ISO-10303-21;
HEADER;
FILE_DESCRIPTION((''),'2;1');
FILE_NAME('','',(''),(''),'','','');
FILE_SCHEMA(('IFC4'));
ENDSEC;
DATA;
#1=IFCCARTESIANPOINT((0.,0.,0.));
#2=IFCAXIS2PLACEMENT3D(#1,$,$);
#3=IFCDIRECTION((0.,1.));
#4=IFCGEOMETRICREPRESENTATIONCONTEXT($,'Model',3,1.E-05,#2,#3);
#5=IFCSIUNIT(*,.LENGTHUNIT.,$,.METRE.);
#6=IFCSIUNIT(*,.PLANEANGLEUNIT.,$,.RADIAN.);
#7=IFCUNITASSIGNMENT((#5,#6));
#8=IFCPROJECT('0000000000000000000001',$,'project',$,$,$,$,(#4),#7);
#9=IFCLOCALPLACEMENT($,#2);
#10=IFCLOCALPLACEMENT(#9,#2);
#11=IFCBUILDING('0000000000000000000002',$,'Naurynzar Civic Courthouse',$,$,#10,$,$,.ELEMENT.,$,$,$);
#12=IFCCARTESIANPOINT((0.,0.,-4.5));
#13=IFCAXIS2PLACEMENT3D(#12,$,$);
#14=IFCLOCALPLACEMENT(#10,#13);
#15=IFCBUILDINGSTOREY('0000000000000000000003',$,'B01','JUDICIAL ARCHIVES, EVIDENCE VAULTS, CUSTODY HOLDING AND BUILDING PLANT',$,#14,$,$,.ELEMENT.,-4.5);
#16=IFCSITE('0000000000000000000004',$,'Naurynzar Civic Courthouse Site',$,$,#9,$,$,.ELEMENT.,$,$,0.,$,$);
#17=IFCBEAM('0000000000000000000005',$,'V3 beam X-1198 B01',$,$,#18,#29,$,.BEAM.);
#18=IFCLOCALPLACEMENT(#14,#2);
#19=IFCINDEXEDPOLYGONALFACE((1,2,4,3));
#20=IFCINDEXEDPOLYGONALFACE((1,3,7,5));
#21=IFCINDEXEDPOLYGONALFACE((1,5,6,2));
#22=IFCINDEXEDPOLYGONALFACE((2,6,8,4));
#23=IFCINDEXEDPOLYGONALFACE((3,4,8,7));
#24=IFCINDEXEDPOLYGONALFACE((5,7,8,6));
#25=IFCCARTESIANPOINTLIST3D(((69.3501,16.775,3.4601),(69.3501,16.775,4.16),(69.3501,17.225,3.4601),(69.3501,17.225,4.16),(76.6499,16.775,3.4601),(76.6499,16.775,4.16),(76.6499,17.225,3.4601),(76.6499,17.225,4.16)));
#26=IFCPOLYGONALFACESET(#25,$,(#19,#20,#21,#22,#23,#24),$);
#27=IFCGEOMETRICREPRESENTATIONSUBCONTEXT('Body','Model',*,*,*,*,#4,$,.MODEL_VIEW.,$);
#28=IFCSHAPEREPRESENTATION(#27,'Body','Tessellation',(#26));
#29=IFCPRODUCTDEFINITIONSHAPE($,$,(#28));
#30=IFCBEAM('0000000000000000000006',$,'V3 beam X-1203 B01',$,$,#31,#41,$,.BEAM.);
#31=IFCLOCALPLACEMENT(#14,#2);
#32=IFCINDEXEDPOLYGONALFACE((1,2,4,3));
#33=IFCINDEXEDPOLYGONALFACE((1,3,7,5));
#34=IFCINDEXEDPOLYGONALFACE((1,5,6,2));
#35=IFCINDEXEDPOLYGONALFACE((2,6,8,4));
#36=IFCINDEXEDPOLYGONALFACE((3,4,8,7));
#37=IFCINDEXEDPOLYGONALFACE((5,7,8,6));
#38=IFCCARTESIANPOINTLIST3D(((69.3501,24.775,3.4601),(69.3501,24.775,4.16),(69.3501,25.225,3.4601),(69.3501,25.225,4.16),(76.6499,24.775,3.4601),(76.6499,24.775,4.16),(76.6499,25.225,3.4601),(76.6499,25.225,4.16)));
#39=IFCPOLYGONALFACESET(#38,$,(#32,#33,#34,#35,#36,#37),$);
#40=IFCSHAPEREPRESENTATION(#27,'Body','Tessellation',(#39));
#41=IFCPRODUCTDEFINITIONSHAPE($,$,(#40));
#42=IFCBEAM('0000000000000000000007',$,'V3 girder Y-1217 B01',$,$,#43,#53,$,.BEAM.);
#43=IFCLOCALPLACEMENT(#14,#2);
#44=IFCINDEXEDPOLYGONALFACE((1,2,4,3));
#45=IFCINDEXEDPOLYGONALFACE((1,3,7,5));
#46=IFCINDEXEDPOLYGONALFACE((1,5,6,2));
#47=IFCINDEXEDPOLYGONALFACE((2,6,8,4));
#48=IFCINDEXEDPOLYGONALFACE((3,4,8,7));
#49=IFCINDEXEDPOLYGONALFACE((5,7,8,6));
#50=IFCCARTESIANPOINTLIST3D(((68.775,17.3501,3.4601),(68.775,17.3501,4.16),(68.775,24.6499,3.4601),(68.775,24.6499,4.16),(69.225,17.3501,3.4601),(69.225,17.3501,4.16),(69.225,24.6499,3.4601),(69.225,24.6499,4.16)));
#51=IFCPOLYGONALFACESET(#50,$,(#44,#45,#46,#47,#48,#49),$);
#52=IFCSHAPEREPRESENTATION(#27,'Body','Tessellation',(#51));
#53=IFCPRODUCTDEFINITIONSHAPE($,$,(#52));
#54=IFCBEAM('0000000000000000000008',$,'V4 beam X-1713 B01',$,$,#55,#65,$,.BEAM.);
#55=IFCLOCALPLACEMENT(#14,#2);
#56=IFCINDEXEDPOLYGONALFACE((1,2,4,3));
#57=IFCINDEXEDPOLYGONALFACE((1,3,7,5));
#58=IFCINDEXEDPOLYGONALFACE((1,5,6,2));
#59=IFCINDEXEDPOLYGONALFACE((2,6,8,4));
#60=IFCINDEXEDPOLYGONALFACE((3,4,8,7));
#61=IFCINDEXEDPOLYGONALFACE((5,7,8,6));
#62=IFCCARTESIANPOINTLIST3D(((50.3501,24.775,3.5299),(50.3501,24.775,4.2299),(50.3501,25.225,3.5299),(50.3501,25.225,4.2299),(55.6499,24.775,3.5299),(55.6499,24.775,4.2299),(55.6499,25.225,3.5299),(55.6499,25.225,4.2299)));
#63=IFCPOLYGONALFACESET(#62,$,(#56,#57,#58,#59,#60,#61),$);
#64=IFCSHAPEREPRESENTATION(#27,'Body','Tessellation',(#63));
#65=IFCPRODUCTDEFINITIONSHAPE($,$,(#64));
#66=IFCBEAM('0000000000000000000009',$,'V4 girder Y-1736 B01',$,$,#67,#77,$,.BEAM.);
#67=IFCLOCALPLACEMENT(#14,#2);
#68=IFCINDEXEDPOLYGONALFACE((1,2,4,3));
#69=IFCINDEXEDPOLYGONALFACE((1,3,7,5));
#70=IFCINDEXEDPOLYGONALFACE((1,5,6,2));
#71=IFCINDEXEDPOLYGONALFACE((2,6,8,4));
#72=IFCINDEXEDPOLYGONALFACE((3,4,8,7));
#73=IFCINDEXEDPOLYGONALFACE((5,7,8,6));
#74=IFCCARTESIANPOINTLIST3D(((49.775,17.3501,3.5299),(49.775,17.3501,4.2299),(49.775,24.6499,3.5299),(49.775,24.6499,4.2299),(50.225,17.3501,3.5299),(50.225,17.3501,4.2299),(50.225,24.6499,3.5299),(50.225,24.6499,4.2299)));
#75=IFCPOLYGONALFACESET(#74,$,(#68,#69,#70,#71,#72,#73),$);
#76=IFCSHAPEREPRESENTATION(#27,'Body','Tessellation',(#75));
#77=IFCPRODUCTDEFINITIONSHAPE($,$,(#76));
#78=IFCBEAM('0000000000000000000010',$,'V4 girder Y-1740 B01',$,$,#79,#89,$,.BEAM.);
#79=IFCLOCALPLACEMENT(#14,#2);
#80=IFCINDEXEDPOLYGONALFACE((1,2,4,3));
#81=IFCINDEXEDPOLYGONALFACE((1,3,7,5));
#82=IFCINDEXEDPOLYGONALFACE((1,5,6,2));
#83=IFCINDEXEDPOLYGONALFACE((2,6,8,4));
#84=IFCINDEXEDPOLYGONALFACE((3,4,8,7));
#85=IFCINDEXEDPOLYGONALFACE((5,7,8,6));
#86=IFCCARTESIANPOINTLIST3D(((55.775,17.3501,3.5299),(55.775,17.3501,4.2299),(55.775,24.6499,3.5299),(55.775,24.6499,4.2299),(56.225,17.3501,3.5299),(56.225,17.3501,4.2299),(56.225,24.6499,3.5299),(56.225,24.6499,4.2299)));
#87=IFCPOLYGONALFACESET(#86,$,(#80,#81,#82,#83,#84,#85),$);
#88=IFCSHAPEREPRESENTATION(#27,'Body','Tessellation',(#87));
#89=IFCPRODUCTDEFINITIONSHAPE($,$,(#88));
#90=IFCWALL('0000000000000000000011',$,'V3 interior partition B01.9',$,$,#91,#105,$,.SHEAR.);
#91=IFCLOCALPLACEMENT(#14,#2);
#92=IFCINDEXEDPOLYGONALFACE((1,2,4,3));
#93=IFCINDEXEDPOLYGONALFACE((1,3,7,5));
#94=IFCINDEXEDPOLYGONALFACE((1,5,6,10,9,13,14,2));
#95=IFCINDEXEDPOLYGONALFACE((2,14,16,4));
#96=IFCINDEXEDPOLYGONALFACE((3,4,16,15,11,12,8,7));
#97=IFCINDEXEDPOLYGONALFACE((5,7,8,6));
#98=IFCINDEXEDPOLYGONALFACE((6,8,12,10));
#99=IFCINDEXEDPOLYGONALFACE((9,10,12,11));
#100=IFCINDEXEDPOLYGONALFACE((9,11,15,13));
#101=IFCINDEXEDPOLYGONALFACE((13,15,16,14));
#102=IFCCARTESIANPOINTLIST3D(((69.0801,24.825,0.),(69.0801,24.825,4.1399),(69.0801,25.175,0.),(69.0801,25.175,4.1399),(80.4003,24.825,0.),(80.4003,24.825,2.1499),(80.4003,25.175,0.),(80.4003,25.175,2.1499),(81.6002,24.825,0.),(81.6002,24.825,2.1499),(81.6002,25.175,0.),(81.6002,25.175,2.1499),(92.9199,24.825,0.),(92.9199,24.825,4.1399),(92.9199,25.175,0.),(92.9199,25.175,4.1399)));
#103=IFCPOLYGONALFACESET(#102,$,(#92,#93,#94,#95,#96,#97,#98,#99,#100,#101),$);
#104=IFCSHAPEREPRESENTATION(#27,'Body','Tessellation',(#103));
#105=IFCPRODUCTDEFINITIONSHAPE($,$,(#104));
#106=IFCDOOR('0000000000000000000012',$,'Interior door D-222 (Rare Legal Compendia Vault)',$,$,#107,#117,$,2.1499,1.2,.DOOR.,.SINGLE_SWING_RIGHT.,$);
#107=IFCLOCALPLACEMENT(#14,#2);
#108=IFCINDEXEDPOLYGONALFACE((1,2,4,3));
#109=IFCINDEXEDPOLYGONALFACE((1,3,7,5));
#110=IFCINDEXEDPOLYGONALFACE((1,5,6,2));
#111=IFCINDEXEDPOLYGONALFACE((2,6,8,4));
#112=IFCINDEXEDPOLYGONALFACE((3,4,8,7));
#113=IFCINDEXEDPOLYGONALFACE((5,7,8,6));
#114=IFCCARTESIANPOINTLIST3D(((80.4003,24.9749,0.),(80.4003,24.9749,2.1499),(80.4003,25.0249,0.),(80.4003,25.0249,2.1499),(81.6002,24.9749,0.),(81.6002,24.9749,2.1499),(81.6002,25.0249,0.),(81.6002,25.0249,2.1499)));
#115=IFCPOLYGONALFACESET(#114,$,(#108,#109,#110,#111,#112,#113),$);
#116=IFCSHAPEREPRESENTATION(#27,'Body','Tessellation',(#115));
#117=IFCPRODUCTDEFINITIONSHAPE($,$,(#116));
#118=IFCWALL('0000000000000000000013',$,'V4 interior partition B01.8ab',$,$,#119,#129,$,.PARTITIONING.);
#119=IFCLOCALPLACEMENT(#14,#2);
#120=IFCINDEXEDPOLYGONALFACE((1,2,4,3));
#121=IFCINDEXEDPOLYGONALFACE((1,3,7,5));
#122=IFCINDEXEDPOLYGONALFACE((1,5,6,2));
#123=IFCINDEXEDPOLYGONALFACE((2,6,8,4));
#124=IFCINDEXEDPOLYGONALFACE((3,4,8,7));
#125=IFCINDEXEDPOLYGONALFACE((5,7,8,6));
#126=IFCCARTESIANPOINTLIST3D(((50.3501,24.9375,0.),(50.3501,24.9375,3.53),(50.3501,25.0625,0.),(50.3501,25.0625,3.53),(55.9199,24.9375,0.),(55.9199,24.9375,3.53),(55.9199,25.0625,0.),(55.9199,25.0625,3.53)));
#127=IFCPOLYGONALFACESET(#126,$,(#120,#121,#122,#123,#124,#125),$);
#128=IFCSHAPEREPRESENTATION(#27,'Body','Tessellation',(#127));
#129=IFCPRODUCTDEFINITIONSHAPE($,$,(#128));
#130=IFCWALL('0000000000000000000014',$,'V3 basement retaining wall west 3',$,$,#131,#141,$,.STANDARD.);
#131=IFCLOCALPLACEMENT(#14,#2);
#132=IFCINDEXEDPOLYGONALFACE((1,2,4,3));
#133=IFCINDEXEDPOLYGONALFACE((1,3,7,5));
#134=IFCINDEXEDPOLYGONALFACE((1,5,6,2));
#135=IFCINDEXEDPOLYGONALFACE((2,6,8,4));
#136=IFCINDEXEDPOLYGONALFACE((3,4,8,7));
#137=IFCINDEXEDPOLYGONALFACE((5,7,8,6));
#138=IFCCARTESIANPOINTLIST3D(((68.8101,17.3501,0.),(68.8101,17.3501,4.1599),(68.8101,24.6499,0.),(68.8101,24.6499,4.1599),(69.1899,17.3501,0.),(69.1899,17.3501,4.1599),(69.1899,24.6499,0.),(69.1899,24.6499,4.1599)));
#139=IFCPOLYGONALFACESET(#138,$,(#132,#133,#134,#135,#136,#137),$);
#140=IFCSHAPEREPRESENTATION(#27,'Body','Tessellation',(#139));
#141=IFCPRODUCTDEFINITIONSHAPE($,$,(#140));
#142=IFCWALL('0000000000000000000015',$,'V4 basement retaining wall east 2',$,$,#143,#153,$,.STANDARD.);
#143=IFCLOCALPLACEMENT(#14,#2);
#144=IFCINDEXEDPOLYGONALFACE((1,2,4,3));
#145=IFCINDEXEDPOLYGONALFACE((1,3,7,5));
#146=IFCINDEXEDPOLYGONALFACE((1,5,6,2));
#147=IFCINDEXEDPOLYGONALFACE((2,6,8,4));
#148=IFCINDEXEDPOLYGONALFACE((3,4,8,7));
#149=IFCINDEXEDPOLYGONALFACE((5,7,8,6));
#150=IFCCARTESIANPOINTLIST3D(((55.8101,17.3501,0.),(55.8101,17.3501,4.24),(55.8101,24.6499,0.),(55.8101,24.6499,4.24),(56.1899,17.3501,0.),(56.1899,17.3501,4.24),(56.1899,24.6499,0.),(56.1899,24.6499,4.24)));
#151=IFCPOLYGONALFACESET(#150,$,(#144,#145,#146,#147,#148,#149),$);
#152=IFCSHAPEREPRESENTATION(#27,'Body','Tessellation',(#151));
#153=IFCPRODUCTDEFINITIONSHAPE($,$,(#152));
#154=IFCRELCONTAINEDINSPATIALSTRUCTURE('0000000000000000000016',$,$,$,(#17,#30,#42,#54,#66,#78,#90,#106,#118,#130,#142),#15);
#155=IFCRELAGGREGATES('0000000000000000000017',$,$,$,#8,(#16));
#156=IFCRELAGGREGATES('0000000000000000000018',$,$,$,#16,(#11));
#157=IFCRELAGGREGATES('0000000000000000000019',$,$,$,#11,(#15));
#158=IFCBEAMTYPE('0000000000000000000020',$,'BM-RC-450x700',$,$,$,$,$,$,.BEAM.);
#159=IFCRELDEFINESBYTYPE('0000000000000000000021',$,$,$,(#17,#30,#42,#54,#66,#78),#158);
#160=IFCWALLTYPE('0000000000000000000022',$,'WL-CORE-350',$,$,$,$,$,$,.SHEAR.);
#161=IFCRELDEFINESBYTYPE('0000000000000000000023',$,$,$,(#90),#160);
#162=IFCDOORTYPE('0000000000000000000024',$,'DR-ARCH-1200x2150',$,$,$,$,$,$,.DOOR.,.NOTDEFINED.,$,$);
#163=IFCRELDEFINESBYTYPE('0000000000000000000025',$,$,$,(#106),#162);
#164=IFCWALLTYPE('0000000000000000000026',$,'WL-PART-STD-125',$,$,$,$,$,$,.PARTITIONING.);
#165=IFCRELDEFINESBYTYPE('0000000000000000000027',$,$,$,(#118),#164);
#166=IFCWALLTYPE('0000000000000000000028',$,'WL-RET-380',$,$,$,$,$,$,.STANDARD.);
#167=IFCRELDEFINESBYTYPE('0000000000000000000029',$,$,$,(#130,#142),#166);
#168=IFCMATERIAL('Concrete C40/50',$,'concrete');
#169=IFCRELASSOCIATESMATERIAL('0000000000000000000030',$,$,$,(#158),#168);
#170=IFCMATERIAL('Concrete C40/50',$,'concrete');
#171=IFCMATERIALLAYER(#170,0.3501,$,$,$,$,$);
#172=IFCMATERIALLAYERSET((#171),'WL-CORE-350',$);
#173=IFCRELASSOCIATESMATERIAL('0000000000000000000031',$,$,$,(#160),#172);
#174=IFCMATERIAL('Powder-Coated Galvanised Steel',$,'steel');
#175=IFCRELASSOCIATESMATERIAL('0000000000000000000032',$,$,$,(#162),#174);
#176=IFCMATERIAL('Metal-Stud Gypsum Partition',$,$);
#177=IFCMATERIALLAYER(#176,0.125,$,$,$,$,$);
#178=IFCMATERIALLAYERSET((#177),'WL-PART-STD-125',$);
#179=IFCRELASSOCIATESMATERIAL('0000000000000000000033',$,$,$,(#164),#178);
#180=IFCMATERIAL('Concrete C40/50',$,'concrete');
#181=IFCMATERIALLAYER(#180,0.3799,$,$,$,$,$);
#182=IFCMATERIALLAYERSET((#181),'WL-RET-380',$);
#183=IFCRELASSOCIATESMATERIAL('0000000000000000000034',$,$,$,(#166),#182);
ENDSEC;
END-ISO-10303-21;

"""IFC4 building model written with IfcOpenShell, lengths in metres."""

from ifc_helpers import new_model, si_unit, direction, frame, frame_2d, origin, origin_2d, place, context, subcontext, project, spatial, rectangle, extrude, material, layer, layer_set, material_profile, profile_set, type_object, element, fill, save


model = new_model("IFC4")

# Units and contexts
model_context = context("Model", 3, precision=1e-05, world=origin(), true_north=direction((0.0, 1.0)))
body_context = subcontext(model_context, "Body", "Model", "MODEL_VIEW")
ifc_project = project(units=[si_unit("LENGTHUNIT", "METRE"), si_unit("PLANEANGLEUNIT", "RADIAN")], contexts=[model_context])

# Site, building, storey
site_placement = place(None, origin())
site = spatial("IfcSite", under=ifc_project, at=site_placement, Name="Naurynzar Civic Courthouse Site", CompositionType="ELEMENT", RefElevation=0.0)
building_placement = place(site_placement, origin())
building = spatial("IfcBuilding", under=site, at=building_placement, Name="Naurynzar Civic Courthouse", CompositionType="ELEMENT")
storey_placement = place(building_placement, frame((0.0, 0.0, -4.5)))
storey = spatial("IfcBuildingStorey", under=building, at=storey_placement, Name="B01", Description="JUDICIAL ARCHIVES, EVIDENCE VAULTS, CUSTODY HOLDING AND BUILDING PLANT", CompositionType="ELEMENT", Elevation=-4.5)

# Beams
ifc_material_1 = material(Name="Concrete C40/50", Category="concrete")
ifc_material_profile_1 = material_profile(ifc_material_1, rectangle(XDim=0.45, YDim=0.7, at=origin_2d()), Name="RCB 450x700")
ifc_profile_set_1 = profile_set([ifc_material_profile_1], Name="Concrete C40/50")
beam_type_1 = type_object("IfcBeamType", Name="BM-RC-450x700", PredefinedType="BEAM", material=ifc_profile_set_1)
for number, where, z_axis, x_axis, name in (
    (1, (69.3501, 17.0, 3.8101), (1.0, 0.0, 0.0), (0.0, 1.0, 0.0), "V3 beam X-1198 B01"),
    (2, (69.3501, 25.0, 3.8101), (1.0, 0.0, 0.0), (0.0, 1.0, 0.0), "V3 beam X-1203 B01"),
    (3, (69.0, 17.3501, 3.8101), (0.0, 1.0, 0.0), (-1.0, 0.0, 0.0), "V3 girder Y-1217 B01"),
):
    element("IfcBeam", number, at=place(storey_placement, frame(where, z_axis=z_axis, x_axis=x_axis)), inside=storey, type_object=beam_type_1, Name=name, PredefinedType="BEAM", context=body_context, shape_type="SweptSolid", body=[
        extrude(rectangle(XDim=0.45, YDim=0.7, at=origin_2d()), origin(), (0.0, 0.0, 1.0), 7.2998),
    ])
beam_1_placement = place(storey_placement, frame((50.3501, 25.0, 3.8799), z_axis=(1.0, 0.0, 0.0), x_axis=(0.0, 1.0, 0.0)))
element("IfcBeam", 4, at=beam_1_placement, inside=storey, type_object=beam_type_1, Name="V4 beam X-1713 B01", PredefinedType="BEAM", context=body_context, shape_type="SweptSolid", body=[
    extrude(rectangle(XDim=0.45, YDim=0.7, at=origin_2d()), origin(), (0.0, 0.0, 1.0), 5.2998),
])
for number, where, z_axis, x_axis, name in (
    (5, (50.0, 17.3501, 3.8799), (0.0, 1.0, 0.0), (-1.0, 0.0, 0.0), "V4 girder Y-1736 B01"),
    (6, (56.0, 17.3501, 3.8799), (0.0, 1.0, 0.0), (-1.0, 0.0, 0.0), "V4 girder Y-1740 B01"),
):
    element("IfcBeam", number, at=place(storey_placement, frame(where, z_axis=z_axis, x_axis=x_axis)), inside=storey, type_object=beam_type_1, Name=name, PredefinedType="BEAM", context=body_context, shape_type="SweptSolid", body=[
        extrude(rectangle(XDim=0.45, YDim=0.7, at=origin_2d()), origin(), (0.0, 0.0, 1.0), 7.2998),
    ])

# Wall, opening, door
ifc_material_2 = material(Name="Concrete C40/50", Category="concrete")
ifc_layer_1 = layer(ifc_material_2, 0.3501)
ifc_layer_set_1 = layer_set([ifc_layer_1], Name="WL-CORE-350")
wall_type_1 = type_object("IfcWallType", Name="WL-CORE-350", PredefinedType="SHEAR", material=ifc_layer_set_1)
wall_1_placement = place(storey_placement, frame((69.0801, 25.0, 0.0), z_axis=(0.0, 0.0, 1.0), x_axis=(1.0, 0.0, 0.0)))
wall_1 = element("IfcWall", 7, at=wall_1_placement, inside=storey, type_object=wall_type_1, Name="V3 interior partition B01.9", PredefinedType="SHEAR", context=body_context, shape_type="SweptSolid", body=[
    extrude(rectangle(XDim=23.8398, YDim=0.3501, at=frame_2d((11.9199, 0.0))), origin(), (0.0, 0.0, 1.0), 4.1399),
])
opening_placement = place(wall_1_placement, frame((11.3201, 0.0, 0.0)))
opening = element("IfcOpeningElement", 8, at=opening_placement, cuts=wall_1, PredefinedType="OPENING", context=body_context, shape_type="SweptSolid", body=[
    extrude(rectangle(XDim=1.2, YDim=2.1499, at=frame_2d((0.6001, 1.075))), frame((0.0, 0.1851, 0.0), z_axis=(0.0, -1.0, 0.0), x_axis=(1.0, 0.0, 0.0)), (0.0, 0.0, 1.0), 0.3701),
])
ifc_material_3 = material(Name="Powder-Coated Galvanised Steel", Category="steel")
door_type = type_object("IfcDoorType", Name="DR-ARCH-1200x2150", OperationType="NOTDEFINED", PredefinedType="DOOR", material=ifc_material_3)
door_placement = place(opening_placement, origin())
door = element("IfcDoor", 9, at=door_placement, inside=storey, type_object=door_type, Name="Interior door D-222 (Rare Legal Compendia Vault)", OperationType="SINGLE_SWING_RIGHT", OverallHeight=2.1499, OverallWidth=1.2, PredefinedType="DOOR", context=body_context, shape_type="SweptSolid", body=[
    extrude(rectangle(XDim=1.2, YDim=2.1499, at=frame_2d((0.6001, 1.075))), frame((0.0, 0.0249, 0.0), z_axis=(0.0, -1.0, 0.0), x_axis=(1.0, 0.0, 0.0)), (0.0, 0.0, 1.0), 0.05),
])
fill(opening, door)

# Walls
ifc_material_4 = material(Name="Metal-Stud Gypsum Partition")
ifc_layer_2 = layer(ifc_material_4, 0.125)
ifc_layer_set_2 = layer_set([ifc_layer_2], Name="WL-PART-STD-125")
wall_type_2 = type_object("IfcWallType", Name="WL-PART-STD-125", PredefinedType="PARTITIONING", material=ifc_layer_set_2)
wall_2_placement = place(storey_placement, frame((50.3501, 25.0, 0.0), z_axis=(0.0, 0.0, 1.0), x_axis=(1.0, 0.0, 0.0)))
element("IfcWall", 10, at=wall_2_placement, inside=storey, type_object=wall_type_2, Name="V4 interior partition B01.8ab", PredefinedType="PARTITIONING", context=body_context, shape_type="SweptSolid", body=[
    extrude(rectangle(XDim=5.5698, YDim=0.125, at=frame_2d((2.7849, 0.0))), origin(), (0.0, 0.0, 1.0), 3.53),
])
ifc_material_5 = material(Name="Concrete C40/50", Category="concrete")
ifc_layer_3 = layer(ifc_material_5, 0.3799)
ifc_layer_set_3 = layer_set([ifc_layer_3], Name="WL-RET-380")
wall_type_3 = type_object("IfcWallType", Name="WL-RET-380", PredefinedType="STANDARD", material=ifc_layer_set_3)
wall_3_placement = place(storey_placement, frame((69.0, 17.3501, 0.0), z_axis=(0.0, 0.0, 1.0), x_axis=(0.0, 1.0, 0.0)))
element("IfcWall", 11, at=wall_3_placement, inside=storey, type_object=wall_type_3, Name="V3 basement retaining wall west 3", PredefinedType="STANDARD", context=body_context, shape_type="SweptSolid", body=[
    extrude(rectangle(XDim=7.2998, YDim=0.3799, at=frame_2d((3.6499, 0.0))), origin(), (0.0, 0.0, 1.0), 4.1599),
])
wall_4_placement = place(storey_placement, frame((56.0, 24.6499, 0.0), z_axis=(0.0, 0.0, 1.0), x_axis=(0.0, -1.0, 0.0)))
element("IfcWall", 12, at=wall_4_placement, inside=storey, type_object=wall_type_3, Name="V4 basement retaining wall east 2", PredefinedType="STANDARD", context=body_context, shape_type="SweptSolid", body=[
    extrude(rectangle(XDim=7.2998, YDim=0.3799, at=frame_2d((3.6499, 0.0))), origin(), (0.0, 0.0, 1.0), 4.24),
])

save(model, "model.ifc")
